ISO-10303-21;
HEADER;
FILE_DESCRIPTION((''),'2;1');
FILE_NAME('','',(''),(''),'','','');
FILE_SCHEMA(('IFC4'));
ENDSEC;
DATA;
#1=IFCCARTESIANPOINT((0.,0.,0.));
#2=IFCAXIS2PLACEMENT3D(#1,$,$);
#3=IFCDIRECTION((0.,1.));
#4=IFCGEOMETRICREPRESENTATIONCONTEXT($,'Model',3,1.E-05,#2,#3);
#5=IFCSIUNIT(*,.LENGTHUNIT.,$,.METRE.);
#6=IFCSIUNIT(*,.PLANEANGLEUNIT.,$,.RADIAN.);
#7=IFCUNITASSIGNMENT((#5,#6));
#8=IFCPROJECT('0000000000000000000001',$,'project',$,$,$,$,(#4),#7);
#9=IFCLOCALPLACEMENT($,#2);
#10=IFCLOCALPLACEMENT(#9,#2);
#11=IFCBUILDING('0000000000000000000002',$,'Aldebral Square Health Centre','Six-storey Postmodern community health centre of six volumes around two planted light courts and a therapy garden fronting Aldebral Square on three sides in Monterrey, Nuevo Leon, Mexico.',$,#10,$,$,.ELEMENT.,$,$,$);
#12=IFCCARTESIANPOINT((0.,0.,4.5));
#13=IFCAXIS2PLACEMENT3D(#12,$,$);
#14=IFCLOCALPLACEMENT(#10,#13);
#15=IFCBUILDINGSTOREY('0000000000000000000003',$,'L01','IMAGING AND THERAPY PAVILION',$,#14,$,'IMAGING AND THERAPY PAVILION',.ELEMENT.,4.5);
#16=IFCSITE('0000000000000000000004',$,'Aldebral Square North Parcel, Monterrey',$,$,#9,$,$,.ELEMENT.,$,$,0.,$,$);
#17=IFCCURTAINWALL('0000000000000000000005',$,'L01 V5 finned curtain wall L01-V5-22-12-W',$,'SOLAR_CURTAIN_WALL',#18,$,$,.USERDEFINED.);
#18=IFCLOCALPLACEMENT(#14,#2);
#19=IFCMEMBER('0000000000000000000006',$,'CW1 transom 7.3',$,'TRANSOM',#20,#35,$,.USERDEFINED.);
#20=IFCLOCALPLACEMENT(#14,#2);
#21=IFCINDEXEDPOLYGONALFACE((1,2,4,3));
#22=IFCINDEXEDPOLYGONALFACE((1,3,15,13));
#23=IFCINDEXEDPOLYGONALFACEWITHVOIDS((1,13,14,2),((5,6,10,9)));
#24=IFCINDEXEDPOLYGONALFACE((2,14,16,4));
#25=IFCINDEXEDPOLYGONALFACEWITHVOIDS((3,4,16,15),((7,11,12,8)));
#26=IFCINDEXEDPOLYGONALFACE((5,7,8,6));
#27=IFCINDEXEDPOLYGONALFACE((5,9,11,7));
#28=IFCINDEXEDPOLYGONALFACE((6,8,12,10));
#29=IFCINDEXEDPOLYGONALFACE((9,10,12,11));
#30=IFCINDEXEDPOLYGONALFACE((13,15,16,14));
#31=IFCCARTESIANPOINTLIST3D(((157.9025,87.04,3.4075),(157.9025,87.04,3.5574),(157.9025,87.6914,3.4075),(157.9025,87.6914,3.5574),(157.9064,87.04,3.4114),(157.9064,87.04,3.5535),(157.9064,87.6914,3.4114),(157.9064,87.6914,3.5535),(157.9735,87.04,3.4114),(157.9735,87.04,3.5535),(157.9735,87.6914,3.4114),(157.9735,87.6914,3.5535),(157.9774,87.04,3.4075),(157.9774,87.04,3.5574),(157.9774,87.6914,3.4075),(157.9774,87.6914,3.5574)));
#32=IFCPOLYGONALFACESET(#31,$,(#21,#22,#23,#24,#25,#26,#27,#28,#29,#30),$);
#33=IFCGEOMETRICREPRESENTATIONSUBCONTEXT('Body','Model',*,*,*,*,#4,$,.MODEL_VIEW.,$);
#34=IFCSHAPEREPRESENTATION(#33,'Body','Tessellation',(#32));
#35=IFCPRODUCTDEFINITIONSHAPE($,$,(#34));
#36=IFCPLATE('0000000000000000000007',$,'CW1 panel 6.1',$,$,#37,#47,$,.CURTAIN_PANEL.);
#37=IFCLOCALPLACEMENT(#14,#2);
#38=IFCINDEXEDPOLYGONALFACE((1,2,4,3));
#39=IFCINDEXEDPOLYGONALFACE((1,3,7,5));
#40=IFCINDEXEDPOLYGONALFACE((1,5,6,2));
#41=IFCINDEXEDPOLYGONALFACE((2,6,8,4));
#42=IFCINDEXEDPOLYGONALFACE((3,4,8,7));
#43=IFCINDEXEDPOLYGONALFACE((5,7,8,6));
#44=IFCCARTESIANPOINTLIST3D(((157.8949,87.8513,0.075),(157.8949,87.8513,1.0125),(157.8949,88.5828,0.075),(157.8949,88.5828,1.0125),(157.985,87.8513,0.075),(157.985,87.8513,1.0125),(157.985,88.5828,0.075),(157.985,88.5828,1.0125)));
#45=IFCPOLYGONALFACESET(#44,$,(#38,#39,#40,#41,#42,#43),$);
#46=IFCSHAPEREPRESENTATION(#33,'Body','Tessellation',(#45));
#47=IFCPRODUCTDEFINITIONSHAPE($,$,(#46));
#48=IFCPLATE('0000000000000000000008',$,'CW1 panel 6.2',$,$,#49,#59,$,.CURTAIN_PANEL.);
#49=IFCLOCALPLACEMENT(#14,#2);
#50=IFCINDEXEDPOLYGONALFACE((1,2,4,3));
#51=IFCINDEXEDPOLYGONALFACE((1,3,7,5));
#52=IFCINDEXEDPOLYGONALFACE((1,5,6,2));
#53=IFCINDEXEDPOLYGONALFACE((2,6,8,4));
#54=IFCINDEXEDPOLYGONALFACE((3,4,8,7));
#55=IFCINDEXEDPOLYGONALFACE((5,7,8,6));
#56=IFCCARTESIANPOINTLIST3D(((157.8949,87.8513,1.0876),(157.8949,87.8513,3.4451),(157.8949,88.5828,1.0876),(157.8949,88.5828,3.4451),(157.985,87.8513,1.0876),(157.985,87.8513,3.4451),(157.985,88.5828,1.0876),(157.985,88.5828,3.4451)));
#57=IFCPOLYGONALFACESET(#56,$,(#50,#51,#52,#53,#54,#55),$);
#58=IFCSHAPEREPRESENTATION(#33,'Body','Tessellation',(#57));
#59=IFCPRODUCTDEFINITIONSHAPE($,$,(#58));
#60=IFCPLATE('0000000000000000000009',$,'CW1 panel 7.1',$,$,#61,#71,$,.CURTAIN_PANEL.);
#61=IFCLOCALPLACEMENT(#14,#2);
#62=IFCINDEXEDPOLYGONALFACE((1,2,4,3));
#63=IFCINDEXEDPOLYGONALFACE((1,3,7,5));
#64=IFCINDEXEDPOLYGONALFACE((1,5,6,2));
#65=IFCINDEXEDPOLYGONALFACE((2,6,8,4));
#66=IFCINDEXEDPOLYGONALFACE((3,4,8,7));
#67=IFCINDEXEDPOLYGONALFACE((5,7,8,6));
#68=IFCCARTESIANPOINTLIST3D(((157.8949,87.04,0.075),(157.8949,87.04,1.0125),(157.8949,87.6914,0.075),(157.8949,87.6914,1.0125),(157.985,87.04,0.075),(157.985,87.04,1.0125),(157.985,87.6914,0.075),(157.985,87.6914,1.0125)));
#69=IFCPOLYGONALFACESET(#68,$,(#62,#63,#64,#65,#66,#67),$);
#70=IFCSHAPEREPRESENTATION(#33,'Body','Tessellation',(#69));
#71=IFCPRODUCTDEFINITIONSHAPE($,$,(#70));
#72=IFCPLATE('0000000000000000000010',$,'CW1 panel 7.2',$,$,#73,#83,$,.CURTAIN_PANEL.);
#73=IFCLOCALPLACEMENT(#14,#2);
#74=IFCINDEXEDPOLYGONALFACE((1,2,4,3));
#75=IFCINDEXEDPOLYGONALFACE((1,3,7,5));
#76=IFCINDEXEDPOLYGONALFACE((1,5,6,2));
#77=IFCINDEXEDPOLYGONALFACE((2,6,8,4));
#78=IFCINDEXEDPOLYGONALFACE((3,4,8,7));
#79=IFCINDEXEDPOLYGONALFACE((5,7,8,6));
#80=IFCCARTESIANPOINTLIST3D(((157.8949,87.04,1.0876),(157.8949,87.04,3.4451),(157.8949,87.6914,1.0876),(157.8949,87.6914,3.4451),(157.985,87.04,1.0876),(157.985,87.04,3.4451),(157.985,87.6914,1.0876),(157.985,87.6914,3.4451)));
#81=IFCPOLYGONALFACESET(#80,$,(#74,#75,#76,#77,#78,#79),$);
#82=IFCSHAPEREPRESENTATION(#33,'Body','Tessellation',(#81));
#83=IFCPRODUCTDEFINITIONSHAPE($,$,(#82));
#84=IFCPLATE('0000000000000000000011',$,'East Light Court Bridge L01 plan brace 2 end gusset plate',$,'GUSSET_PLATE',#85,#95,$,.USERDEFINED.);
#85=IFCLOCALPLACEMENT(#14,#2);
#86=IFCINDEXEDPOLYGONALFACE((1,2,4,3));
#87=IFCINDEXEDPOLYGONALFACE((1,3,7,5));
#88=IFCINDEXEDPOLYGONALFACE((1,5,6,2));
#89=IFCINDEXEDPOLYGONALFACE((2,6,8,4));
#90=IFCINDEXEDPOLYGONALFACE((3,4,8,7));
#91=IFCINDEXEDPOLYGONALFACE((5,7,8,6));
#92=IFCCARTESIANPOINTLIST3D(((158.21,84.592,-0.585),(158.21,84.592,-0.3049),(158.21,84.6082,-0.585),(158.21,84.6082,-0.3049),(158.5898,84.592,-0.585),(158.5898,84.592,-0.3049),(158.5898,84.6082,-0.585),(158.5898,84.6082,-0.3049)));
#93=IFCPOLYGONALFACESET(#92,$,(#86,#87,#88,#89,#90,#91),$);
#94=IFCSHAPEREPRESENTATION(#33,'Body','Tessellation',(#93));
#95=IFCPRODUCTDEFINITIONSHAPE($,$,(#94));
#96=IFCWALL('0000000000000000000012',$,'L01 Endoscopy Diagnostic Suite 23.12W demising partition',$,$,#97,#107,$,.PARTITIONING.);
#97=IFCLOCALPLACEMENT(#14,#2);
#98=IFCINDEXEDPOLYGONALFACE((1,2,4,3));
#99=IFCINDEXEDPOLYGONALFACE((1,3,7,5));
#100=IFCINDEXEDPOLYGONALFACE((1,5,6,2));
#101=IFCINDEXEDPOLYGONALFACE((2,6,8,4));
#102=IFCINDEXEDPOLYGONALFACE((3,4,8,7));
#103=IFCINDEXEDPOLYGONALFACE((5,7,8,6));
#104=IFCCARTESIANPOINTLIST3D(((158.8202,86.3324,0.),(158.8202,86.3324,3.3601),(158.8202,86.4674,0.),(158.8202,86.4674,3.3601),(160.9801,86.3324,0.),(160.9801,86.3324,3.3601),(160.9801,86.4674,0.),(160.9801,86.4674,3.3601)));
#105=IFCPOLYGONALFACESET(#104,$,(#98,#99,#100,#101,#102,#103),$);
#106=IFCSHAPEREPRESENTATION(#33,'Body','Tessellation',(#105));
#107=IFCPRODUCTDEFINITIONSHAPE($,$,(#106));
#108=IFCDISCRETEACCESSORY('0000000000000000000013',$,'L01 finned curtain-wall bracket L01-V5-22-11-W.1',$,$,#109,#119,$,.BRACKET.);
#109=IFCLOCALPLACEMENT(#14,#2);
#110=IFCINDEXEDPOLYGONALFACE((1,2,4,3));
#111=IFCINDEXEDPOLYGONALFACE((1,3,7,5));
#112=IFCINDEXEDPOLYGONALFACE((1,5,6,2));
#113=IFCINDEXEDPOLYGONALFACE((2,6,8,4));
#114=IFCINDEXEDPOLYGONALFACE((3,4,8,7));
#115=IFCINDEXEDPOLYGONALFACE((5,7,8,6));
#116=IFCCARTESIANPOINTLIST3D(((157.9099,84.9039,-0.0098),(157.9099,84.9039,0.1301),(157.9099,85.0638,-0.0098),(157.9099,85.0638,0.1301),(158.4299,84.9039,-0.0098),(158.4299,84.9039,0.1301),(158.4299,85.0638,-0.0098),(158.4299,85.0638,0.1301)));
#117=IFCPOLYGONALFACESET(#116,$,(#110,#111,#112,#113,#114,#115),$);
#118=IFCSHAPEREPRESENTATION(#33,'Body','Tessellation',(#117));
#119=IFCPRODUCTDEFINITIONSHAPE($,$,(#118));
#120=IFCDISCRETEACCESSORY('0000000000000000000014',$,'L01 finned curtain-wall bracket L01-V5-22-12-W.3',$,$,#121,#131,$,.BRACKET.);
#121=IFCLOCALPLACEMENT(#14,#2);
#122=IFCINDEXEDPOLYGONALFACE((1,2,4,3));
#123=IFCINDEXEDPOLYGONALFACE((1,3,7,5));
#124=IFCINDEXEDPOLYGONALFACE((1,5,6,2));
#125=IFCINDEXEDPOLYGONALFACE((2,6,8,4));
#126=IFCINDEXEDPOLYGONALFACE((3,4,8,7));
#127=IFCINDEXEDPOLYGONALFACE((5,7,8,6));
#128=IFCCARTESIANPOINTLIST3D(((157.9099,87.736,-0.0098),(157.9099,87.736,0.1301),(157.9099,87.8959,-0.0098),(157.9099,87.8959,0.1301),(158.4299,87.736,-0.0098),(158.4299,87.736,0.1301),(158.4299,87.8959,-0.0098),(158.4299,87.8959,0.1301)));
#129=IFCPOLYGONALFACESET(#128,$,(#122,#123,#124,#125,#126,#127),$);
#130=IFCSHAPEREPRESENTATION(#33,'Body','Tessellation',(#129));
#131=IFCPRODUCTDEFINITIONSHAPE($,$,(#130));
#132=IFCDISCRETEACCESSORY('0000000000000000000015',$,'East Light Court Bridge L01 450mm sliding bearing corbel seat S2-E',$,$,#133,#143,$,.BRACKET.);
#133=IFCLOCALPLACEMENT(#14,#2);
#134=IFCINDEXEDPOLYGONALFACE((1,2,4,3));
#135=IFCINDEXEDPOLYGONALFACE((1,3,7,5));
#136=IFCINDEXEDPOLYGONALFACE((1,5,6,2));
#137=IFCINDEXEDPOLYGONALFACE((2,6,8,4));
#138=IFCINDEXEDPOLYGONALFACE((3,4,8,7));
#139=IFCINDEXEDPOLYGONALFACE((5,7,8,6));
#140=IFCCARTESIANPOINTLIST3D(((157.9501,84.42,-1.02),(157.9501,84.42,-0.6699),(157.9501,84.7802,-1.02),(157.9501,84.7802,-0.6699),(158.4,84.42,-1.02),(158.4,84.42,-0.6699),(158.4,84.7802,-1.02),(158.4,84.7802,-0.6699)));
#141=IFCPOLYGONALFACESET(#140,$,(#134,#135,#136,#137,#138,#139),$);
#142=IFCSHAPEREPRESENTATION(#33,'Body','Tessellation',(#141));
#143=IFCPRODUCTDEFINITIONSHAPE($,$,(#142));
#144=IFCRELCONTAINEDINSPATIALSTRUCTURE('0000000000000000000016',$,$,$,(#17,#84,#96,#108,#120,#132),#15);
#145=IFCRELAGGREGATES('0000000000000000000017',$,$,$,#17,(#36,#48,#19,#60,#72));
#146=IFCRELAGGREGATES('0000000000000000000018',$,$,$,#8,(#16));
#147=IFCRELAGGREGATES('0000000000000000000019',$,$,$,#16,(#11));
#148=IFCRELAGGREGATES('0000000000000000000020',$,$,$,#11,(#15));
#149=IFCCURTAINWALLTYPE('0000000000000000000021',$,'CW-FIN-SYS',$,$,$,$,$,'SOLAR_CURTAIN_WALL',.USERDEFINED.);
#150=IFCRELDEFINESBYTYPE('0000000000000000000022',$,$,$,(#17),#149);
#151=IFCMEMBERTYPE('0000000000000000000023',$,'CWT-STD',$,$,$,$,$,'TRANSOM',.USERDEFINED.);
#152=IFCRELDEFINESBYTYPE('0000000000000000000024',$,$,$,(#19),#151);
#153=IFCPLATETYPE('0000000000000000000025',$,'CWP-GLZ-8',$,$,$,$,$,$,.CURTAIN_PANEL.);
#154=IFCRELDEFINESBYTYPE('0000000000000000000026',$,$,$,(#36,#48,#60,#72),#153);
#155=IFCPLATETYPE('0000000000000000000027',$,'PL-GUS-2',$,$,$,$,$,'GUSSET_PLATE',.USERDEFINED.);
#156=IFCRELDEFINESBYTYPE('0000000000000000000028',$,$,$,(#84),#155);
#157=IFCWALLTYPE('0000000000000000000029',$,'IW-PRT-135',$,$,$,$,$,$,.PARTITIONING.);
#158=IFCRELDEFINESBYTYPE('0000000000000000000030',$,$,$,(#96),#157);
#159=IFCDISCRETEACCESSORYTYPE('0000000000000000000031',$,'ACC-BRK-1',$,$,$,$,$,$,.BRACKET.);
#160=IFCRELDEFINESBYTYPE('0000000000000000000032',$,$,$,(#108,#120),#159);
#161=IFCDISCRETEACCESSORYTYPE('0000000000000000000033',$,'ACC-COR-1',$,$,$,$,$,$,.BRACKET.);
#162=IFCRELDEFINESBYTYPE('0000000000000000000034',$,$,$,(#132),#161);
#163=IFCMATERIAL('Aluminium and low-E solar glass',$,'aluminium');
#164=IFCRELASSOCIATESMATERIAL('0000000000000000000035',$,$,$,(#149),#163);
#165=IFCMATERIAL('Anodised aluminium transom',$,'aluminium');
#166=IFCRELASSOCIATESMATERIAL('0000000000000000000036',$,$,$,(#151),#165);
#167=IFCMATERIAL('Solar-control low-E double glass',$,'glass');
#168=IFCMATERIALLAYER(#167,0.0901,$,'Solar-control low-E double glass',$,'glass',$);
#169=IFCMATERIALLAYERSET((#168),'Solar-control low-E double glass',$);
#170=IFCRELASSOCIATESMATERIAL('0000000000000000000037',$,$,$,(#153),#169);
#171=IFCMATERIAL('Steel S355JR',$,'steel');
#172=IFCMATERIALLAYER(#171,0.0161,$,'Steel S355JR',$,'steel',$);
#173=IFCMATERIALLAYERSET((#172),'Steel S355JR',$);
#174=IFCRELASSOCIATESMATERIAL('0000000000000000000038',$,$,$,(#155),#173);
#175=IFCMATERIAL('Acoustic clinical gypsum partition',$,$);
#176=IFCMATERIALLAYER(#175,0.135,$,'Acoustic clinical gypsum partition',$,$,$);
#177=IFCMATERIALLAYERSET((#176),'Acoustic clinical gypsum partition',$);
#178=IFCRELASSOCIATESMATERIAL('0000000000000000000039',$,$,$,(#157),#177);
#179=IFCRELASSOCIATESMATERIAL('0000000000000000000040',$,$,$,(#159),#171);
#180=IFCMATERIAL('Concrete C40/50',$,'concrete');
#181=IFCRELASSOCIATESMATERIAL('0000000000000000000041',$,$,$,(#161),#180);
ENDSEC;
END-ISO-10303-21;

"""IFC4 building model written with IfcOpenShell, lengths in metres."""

from ifc_helpers import new_model, si_unit, direction, frame, frame_2d, origin, origin_2d, place, context, subcontext, project, spatial, rectangle, hollow_rectangle, extrude, material, layer, layer_set, material_profile, profile_set, type_object, element, aggregate, save


model = new_model("IFC4")

# Units and contexts
model_context = context("Model", 3, precision=1e-05, world=origin(), true_north=direction((0.0, 1.0)))
body_context = subcontext(model_context, "Body", "Model", "MODEL_VIEW")
ifc_project = project(units=[si_unit("LENGTHUNIT", "METRE"), si_unit("PLANEANGLEUNIT", "RADIAN")], contexts=[model_context])

# Site, building, storey
site_placement = place(None, origin())
site = spatial("IfcSite", under=ifc_project, at=site_placement, Name="Aldebral Square North Parcel, Monterrey", CompositionType="ELEMENT", RefElevation=0.0)
building_placement = place(site_placement, origin())
building = spatial("IfcBuilding", under=site, at=building_placement, Name="Aldebral Square Health Centre", Description="Six-storey Postmodern community health centre of six volumes around two planted light courts and a therapy garden fronting Aldebral Square on three sides in Monterrey, Nuevo Leon, Mexico.", CompositionType="ELEMENT")
storey_placement = place(building_placement, frame((0.0, 0.0, 4.5)))
storey = spatial("IfcBuildingStorey", under=building, at=storey_placement, Name="L01", Description="IMAGING AND THERAPY PAVILION", LongName="IMAGING AND THERAPY PAVILION", CompositionType="ELEMENT", Elevation=4.5)

# Shared definitions
ifc_material_1 = material(Name="Concrete C40/50", Category="concrete")

# Shared definitions
ifc_material_2 = material(Name="Aluminium and low-E solar glass", Category="aluminium")
curtain_wall_type = type_object("IfcCurtainWallType", Name="CW-FIN-SYS", ElementType="SOLAR_CURTAIN_WALL", PredefinedType="USERDEFINED", material=ifc_material_2)

# Curtain wall
curtain_wall_1_placement = place(storey_placement, origin())
curtain_wall_1 = element("IfcCurtainWall", 1, at=curtain_wall_1_placement, inside=storey, type_object=curtain_wall_type, Name="L01 V5 finned curtain wall L01-V5-22-12-W", ObjectType="SOLAR_CURTAIN_WALL", PredefinedType="USERDEFINED")

# Member
ifc_material_3 = material(Name="Anodised aluminium transom", Category="aluminium")
ifc_material_profile_1 = material_profile(ifc_material_3, hollow_rectangle(XDim=0.075, YDim=0.1499, WallThickness=0.0039, at=origin_2d()), Name="CWT 75x150x4")
ifc_profile_set_1 = profile_set([ifc_material_profile_1], Name="Anodised aluminium transom")
member_type_1 = type_object("IfcMemberType", Name="CWT-STD", ElementType="TRANSOM", PredefinedType="USERDEFINED", material=ifc_profile_set_1)
member_1_placement = place(storey_placement, frame((157.9399, 87.6914, 3.4824), z_axis=(0.0, -1.0, 0.0), x_axis=(1.0, 0.0, 0.0)))
member_1 = element("IfcMember", 2, at=member_1_placement, type_object=member_type_1, Name="CW1 transom 7.3", ObjectType="TRANSOM", PredefinedType="USERDEFINED", context=body_context, shape_type="SweptSolid", body=[
    extrude(hollow_rectangle(XDim=0.075, YDim=0.1499, WallThickness=0.0039, at=origin_2d()), origin(), (0.0, 0.0, 1.0), 0.6514),
])

# Plates
ifc_material_4 = material(Name="Solar-control low-E double glass", Category="glass")
ifc_layer_1 = layer(ifc_material_4, 0.0901, Name="Solar-control low-E double glass", Category="glass")
ifc_layer_set_1 = layer_set([ifc_layer_1], Name="Solar-control low-E double glass")
plate_type_1 = type_object("IfcPlateType", Name="CWP-GLZ-8", PredefinedType="CURTAIN_PANEL", material=ifc_layer_set_1)
plate_1_placement = place(storey_placement, frame((157.9399, 88.217, 0.075), z_axis=(0.0, 0.0, 1.0), x_axis=(0.0, -1.0, 0.0)))
plate_1 = element("IfcPlate", 3, at=plate_1_placement, type_object=plate_type_1, Name="CW1 panel 6.1", PredefinedType="CURTAIN_PANEL", context=body_context, shape_type="SweptSolid", body=[
    extrude(rectangle(XDim=0.7314, YDim=0.0901, at=origin_2d()), origin(), (0.0, 0.0, 1.0), 0.9375),
])
plate_2_placement = place(storey_placement, frame((157.9399, 88.217, 1.0876), z_axis=(0.0, 0.0, 1.0), x_axis=(0.0, -1.0, 0.0)))
plate_2 = element("IfcPlate", 4, at=plate_2_placement, type_object=plate_type_1, Name="CW1 panel 6.2", PredefinedType="CURTAIN_PANEL", context=body_context, shape_type="SweptSolid", body=[
    extrude(rectangle(XDim=0.7314, YDim=0.0901, at=origin_2d()), origin(), (0.0, 0.0, 1.0), 2.3574),
])
plate_3_placement = place(storey_placement, frame((157.9399, 87.3657, 0.075), z_axis=(0.0, 0.0, 1.0), x_axis=(0.0, -1.0, 0.0)))
plate_3 = element("IfcPlate", 5, at=plate_3_placement, type_object=plate_type_1, Name="CW1 panel 7.1", PredefinedType="CURTAIN_PANEL", context=body_context, shape_type="SweptSolid", body=[
    extrude(rectangle(XDim=0.6514, YDim=0.0901, at=origin_2d()), origin(), (0.0, 0.0, 1.0), 0.9375),
])
plate_4_placement = place(storey_placement, frame((157.9399, 87.3657, 1.0876), z_axis=(0.0, 0.0, 1.0), x_axis=(0.0, -1.0, 0.0)))
plate_4 = element("IfcPlate", 6, at=plate_4_placement, type_object=plate_type_1, Name="CW1 panel 7.2", PredefinedType="CURTAIN_PANEL", context=body_context, shape_type="SweptSolid", body=[
    extrude(rectangle(XDim=0.6514, YDim=0.0901, at=origin_2d()), origin(), (0.0, 0.0, 1.0), 2.3574),
])
aggregate(curtain_wall_1, [plate_1, plate_2, member_1, plate_3, plate_4])
ifc_material_5 = material(Name="Steel S355JR", Category="steel")
ifc_layer_2 = layer(ifc_material_5, 0.0161, Name="Steel S355JR", Category="steel")
ifc_layer_set_2 = layer_set([ifc_layer_2], Name="Steel S355JR")
plate_type_2 = type_object("IfcPlateType", Name="PL-GUS-2", ElementType="GUSSET_PLATE", PredefinedType="USERDEFINED", material=ifc_layer_set_2)
plate_5_placement = place(storey_placement, frame((158.3999, 84.6001, -0.585), z_axis=(0.0, 0.0, 1.0), x_axis=(1.0, 0.0, 0.0)))
element("IfcPlate", 7, at=plate_5_placement, inside=storey, type_object=plate_type_2, Name="East Light Court Bridge L01 plan brace 2 end gusset plate", ObjectType="GUSSET_PLATE", PredefinedType="USERDEFINED", context=body_context, shape_type="SweptSolid", body=[
    extrude(rectangle(XDim=0.3799, YDim=0.0161, at=origin_2d()), origin(), (0.0, 0.0, 1.0), 0.28),
])

# Wall
ifc_material_6 = material(Name="Acoustic clinical gypsum partition")
ifc_layer_3 = layer(ifc_material_6, 0.135, Name="Acoustic clinical gypsum partition")
ifc_layer_set_3 = layer_set([ifc_layer_3], Name="Acoustic clinical gypsum partition")
wall_type = type_object("IfcWallType", Name="IW-PRT-135", PredefinedType="PARTITIONING", material=ifc_layer_set_3)
wall_placement = place(storey_placement, frame((158.8201, 86.3999, 0.0), z_axis=(0.0, 0.0, 1.0), x_axis=(1.0, 0.0, 0.0)))
element("IfcWall", 8, at=wall_placement, inside=storey, type_object=wall_type, Name="L01 Endoscopy Diagnostic Suite 23.12W demising partition", PredefinedType="PARTITIONING", context=body_context, shape_type="SweptSolid", body=[
    extrude(rectangle(XDim=2.1599, YDim=0.135, at=frame_2d((1.0801, 0.0))), origin(), (0.0, 0.0, 1.0), 3.3601),
])

# Discrete accessories
discrete_accessory_type_1 = type_object("IfcDiscreteAccessoryType", Name="ACC-BRK-1", PredefinedType="BRACKET", material=ifc_material_5)
for number, where, z_axis, x_axis, name in (
    (9, (158.1699, 84.9839, -0.0098), (0.0, 0.0, 1.0), (0.0, 1.0, 0.0), "L01 finned curtain-wall bracket L01-V5-22-11-W.1"),
    (10, (158.1699, 87.8159, -0.0098), (0.0, 0.0, 1.0), (0.0, 1.0, 0.0), "L01 finned curtain-wall bracket L01-V5-22-12-W.3"),
):
    element("IfcDiscreteAccessory", number, at=place(storey_placement, frame(where, z_axis=z_axis, x_axis=x_axis)), inside=storey, type_object=discrete_accessory_type_1, Name=name, PredefinedType="BRACKET", context=body_context, shape_type="SweptSolid", body=[
        extrude(rectangle(XDim=0.1599, YDim=0.52, at=origin_2d()), origin(), (0.0, 0.0, 1.0), 0.1399),
    ])
discrete_accessory_type_2 = type_object("IfcDiscreteAccessoryType", Name="ACC-COR-1", PredefinedType="BRACKET", material=ifc_material_1)
discrete_accessory_placement = place(storey_placement, frame((158.175, 84.6001, -1.02), z_axis=(0.0, 0.0, 1.0), x_axis=(1.0, 0.0, 0.0)))
element("IfcDiscreteAccessory", 11, at=discrete_accessory_placement, inside=storey, type_object=discrete_accessory_type_2, Name="East Light Court Bridge L01 450mm sliding bearing corbel seat S2-E", PredefinedType="BRACKET", context=body_context, shape_type="SweptSolid", body=[
    extrude(rectangle(XDim=0.45, YDim=0.3601, at=origin_2d()), origin(), (0.0, 0.0, 1.0), 0.3501),
])

save(model, "model.ifc")
